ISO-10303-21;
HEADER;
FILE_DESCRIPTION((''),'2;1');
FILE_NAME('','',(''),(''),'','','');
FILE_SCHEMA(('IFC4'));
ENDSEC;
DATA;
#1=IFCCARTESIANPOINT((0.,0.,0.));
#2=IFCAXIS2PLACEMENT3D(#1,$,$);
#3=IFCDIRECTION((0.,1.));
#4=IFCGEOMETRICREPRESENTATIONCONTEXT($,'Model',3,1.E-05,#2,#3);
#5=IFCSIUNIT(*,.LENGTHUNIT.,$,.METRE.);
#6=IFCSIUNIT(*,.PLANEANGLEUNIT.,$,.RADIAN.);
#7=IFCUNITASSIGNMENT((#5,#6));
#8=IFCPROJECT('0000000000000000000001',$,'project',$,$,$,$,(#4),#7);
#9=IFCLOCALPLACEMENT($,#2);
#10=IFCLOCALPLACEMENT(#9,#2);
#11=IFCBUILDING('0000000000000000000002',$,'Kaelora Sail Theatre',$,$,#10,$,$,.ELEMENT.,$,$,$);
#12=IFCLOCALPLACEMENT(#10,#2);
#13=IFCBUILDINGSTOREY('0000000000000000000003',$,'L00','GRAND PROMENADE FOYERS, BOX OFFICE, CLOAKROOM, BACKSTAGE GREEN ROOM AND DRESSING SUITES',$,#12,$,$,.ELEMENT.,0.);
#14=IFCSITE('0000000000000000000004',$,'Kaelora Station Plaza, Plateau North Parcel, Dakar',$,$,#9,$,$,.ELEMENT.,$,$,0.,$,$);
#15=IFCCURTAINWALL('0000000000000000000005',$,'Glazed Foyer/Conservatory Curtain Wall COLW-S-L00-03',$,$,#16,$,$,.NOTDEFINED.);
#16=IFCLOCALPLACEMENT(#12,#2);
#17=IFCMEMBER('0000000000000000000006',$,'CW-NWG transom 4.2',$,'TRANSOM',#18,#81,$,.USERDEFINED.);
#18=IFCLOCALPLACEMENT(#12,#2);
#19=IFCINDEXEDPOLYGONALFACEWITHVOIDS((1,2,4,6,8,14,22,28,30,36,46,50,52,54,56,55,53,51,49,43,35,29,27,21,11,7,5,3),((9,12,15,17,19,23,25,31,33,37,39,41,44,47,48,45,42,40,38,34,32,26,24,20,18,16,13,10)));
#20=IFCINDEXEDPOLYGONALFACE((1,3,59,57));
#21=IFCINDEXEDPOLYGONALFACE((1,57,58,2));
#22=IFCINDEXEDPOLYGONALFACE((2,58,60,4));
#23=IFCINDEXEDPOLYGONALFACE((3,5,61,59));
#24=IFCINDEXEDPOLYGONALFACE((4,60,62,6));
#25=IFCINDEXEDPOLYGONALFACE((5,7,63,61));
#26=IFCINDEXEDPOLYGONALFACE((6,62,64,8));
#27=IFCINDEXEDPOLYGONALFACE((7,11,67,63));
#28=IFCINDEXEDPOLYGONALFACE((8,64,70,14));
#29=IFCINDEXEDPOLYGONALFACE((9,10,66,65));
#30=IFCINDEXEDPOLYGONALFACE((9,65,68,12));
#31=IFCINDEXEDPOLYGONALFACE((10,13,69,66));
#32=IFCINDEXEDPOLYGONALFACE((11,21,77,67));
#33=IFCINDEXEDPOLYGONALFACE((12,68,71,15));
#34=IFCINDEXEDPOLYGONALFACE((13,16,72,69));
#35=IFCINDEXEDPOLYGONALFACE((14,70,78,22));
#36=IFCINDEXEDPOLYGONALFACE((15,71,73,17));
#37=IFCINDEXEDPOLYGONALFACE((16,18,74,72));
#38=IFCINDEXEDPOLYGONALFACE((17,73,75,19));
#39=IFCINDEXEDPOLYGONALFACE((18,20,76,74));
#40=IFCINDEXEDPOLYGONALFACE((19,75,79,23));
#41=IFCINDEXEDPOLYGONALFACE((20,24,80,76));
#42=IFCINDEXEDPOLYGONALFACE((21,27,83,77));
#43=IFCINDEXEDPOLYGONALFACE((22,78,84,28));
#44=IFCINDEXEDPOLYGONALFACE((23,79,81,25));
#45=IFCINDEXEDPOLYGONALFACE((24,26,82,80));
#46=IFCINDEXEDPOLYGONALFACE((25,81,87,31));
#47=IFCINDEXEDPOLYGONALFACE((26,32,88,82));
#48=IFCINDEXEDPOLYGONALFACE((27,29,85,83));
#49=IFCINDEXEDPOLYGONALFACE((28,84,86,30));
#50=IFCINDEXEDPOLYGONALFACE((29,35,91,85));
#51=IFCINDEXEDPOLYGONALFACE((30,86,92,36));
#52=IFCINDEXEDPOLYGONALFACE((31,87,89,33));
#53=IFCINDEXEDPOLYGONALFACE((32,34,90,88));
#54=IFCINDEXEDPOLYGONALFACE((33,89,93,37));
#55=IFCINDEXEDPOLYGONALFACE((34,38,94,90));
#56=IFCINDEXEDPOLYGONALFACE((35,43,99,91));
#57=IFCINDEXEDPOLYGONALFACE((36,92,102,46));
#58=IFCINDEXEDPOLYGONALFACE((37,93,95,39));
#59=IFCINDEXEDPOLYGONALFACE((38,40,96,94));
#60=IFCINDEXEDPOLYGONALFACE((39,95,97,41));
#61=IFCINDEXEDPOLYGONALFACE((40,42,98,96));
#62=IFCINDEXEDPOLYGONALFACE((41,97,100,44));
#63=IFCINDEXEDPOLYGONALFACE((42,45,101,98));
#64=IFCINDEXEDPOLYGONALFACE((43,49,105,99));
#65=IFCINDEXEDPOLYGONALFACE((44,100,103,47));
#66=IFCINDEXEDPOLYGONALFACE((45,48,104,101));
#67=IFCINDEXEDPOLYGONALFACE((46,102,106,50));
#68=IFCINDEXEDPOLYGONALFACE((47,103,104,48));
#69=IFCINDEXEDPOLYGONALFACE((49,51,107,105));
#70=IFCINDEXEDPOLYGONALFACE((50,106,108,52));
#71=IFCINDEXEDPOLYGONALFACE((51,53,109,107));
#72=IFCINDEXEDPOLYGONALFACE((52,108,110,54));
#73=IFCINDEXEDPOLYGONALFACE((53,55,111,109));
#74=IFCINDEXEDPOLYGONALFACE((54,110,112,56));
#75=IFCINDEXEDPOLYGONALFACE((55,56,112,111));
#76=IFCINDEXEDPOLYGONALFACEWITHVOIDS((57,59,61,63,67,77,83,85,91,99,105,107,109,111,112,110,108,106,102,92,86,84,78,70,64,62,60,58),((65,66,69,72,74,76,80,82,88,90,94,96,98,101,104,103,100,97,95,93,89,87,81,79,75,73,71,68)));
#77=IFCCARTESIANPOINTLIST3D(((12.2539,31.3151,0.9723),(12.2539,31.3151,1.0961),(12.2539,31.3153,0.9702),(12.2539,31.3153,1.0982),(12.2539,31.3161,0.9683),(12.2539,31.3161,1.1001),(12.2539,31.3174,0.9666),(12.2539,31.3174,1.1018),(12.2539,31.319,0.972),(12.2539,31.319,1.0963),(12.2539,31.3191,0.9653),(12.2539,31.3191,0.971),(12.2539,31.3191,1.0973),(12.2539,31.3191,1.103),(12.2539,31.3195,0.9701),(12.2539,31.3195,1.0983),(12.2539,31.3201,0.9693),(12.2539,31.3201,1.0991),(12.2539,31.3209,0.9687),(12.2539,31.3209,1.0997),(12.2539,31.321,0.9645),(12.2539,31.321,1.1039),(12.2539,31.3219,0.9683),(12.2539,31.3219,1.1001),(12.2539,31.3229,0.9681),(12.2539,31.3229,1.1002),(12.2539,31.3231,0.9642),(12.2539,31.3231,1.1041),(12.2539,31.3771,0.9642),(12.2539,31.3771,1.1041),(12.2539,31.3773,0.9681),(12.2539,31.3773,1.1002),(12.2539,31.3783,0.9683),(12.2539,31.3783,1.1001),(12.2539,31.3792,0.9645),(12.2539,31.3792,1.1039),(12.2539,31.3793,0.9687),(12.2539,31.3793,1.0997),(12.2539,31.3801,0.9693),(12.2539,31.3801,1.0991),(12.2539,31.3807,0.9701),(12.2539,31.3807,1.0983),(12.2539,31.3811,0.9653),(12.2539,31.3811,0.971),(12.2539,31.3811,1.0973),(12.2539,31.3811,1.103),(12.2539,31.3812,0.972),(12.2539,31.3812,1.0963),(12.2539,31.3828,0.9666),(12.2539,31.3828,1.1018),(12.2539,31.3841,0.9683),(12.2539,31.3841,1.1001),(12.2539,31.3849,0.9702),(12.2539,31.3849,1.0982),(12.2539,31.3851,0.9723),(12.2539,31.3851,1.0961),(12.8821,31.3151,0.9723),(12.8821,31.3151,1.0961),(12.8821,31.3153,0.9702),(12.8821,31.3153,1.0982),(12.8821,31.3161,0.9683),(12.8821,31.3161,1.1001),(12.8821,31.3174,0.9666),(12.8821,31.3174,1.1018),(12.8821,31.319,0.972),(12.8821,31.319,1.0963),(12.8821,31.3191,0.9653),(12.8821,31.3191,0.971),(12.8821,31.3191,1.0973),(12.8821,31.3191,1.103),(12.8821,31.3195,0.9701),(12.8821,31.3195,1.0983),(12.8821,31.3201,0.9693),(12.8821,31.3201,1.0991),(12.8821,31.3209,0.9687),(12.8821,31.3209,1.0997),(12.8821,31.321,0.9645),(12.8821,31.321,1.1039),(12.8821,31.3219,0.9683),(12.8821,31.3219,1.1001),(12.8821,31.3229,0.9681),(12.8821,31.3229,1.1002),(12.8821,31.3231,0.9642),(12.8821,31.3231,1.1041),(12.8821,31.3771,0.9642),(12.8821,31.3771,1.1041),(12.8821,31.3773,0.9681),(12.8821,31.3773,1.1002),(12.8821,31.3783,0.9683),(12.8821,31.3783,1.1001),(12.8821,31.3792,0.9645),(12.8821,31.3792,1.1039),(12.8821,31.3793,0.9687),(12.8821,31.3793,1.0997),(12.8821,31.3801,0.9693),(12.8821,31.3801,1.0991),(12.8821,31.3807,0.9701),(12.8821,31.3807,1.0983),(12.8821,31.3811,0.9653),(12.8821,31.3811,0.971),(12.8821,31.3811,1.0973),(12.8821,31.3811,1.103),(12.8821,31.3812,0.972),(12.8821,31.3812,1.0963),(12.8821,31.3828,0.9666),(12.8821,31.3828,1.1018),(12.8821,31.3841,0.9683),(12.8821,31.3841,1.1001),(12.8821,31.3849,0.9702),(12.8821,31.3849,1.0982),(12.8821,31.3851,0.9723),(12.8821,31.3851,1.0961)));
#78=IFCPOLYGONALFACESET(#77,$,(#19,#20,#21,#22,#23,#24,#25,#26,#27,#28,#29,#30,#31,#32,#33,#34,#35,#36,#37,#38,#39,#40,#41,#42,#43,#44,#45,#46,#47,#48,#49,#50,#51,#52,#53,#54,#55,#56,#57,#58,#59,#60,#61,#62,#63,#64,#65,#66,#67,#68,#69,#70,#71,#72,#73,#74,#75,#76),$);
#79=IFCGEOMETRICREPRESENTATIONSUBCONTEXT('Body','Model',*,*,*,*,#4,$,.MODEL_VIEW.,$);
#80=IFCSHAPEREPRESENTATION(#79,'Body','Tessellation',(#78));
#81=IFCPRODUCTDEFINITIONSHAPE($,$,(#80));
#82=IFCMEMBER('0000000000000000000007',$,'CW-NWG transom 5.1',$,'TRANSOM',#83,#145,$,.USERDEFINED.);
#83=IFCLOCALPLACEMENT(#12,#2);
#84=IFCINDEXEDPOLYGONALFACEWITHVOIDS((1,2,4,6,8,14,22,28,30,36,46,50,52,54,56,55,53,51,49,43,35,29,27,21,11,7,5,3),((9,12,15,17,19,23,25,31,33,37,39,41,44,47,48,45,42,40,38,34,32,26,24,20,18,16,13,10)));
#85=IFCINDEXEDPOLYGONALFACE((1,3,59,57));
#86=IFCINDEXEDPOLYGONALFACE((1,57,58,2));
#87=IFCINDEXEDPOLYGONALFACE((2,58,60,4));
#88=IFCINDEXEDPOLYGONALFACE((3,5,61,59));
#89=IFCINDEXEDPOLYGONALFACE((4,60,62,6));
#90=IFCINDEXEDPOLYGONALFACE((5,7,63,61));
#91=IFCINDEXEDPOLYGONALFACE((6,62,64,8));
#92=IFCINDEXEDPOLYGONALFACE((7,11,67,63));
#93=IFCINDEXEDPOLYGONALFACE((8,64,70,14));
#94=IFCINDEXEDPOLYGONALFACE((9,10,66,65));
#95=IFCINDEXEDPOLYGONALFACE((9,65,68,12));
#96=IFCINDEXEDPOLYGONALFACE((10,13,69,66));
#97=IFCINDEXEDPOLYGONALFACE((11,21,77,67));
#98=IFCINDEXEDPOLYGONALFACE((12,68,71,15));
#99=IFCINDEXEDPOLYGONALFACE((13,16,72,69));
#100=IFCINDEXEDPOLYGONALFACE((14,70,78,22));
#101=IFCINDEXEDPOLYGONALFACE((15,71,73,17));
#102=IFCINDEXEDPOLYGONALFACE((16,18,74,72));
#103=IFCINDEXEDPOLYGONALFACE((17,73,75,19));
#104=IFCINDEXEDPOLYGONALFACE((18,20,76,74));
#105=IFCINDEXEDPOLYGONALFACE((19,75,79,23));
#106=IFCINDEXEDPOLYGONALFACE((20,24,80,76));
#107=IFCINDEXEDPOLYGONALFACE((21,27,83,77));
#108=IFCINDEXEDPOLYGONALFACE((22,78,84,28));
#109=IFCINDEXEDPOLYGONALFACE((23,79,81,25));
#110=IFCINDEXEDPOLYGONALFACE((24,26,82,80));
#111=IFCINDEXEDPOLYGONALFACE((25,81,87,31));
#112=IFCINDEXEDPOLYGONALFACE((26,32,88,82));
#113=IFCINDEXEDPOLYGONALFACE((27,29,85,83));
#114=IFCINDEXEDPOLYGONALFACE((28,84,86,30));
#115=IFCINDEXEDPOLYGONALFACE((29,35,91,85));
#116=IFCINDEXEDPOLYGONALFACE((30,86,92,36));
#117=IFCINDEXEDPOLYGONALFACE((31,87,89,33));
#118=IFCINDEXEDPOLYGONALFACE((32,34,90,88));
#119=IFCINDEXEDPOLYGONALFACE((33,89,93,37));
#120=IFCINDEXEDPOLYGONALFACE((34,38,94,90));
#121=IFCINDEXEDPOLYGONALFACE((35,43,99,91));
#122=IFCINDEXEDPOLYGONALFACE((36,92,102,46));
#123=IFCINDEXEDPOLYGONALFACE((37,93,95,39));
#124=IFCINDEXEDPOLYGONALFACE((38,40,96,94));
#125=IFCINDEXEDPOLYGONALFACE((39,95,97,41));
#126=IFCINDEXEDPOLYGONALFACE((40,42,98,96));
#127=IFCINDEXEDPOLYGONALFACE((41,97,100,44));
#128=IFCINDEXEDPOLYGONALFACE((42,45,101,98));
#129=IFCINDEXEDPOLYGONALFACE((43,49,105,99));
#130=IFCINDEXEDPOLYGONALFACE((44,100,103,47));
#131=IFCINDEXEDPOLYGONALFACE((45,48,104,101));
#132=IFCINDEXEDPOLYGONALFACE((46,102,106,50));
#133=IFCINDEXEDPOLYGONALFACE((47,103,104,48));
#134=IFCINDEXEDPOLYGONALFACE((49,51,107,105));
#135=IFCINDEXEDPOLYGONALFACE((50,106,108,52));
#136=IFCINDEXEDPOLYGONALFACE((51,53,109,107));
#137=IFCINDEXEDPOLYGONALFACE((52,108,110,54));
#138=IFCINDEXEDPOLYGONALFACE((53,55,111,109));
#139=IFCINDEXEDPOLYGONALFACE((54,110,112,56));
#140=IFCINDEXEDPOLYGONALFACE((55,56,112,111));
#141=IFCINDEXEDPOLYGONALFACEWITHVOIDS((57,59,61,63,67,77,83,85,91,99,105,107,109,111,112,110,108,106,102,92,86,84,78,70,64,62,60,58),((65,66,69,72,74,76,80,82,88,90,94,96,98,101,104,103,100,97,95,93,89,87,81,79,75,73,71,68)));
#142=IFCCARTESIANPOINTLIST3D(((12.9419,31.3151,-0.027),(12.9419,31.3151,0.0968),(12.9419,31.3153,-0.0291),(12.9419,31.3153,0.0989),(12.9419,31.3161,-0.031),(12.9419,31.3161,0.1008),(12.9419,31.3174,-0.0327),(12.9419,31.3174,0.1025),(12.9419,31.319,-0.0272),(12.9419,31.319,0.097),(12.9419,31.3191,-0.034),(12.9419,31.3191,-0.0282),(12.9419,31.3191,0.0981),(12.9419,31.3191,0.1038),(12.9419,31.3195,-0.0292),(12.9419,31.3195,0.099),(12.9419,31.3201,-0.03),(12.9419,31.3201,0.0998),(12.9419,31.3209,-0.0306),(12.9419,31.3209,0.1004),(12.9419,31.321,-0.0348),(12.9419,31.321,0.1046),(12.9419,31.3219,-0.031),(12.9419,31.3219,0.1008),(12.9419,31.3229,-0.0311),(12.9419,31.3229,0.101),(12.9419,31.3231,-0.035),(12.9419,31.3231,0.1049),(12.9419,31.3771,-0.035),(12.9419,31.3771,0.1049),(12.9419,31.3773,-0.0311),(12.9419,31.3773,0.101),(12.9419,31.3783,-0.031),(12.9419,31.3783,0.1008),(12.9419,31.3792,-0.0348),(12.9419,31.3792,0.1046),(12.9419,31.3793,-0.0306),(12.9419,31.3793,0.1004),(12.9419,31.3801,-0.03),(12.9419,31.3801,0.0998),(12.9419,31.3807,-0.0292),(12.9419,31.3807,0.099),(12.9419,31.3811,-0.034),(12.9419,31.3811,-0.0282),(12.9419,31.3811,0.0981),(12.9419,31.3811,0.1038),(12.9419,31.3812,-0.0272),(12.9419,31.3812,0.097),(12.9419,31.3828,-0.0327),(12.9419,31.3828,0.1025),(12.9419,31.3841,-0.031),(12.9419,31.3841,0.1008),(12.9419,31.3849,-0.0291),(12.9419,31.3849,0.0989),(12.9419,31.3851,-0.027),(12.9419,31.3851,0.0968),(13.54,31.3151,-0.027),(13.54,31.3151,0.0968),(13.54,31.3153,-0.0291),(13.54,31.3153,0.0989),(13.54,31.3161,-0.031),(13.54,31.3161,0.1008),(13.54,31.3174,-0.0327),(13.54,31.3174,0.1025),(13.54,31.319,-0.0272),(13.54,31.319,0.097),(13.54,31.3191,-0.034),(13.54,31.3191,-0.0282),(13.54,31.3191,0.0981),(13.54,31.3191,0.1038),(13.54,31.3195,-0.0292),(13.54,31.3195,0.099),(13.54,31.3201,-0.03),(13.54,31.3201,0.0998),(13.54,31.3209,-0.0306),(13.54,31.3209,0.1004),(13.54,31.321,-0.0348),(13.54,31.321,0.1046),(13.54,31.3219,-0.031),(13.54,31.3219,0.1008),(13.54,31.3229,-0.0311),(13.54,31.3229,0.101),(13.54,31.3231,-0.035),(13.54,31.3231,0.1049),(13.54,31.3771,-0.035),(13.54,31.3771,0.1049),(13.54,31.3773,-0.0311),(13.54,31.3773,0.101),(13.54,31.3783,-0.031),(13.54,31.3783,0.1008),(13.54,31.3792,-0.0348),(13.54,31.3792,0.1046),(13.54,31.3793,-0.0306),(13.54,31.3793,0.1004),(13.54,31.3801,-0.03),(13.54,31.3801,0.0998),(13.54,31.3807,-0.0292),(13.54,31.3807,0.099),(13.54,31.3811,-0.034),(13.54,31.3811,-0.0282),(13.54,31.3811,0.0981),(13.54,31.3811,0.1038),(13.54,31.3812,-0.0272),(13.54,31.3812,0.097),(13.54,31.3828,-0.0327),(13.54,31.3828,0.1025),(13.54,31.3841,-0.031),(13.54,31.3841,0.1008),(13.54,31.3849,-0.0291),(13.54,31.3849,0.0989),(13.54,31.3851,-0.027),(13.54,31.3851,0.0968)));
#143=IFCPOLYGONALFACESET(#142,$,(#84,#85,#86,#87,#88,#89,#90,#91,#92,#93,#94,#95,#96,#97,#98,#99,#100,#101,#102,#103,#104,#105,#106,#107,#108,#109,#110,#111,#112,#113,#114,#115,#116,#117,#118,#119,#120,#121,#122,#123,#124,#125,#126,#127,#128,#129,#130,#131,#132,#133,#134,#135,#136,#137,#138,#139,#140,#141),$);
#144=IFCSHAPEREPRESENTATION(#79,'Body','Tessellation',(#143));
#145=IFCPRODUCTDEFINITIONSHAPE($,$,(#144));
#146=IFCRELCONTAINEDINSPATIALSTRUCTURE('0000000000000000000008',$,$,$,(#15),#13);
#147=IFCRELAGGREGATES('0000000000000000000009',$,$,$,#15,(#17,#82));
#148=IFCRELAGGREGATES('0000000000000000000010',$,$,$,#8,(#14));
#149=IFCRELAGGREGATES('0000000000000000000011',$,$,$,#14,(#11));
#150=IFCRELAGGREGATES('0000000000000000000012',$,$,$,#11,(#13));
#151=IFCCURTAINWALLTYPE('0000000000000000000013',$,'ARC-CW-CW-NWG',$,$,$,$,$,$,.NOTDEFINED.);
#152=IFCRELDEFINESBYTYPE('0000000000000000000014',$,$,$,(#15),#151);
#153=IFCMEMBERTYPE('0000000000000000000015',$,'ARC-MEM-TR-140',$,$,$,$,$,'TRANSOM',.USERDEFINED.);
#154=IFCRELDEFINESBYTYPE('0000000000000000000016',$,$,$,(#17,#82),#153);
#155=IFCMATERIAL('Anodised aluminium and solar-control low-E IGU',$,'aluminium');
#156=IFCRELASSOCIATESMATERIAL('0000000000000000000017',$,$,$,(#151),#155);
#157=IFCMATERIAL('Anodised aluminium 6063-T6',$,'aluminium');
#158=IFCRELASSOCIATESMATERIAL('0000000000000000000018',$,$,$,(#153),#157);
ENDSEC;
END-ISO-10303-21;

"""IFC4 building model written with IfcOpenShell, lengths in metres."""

from ifc_helpers import new_model, si_unit, direction, frame, origin, origin_2d, place, context, subcontext, project, spatial, hollow_rectangle, extrude, material, material_profile, profile_set, type_object, element, aggregate, save


model = new_model("IFC4")

# Units and contexts
model_context = context("Model", 3, precision=1e-05, world=origin(), true_north=direction((0.0, 1.0)))
body_context = subcontext(model_context, "Body", "Model", "MODEL_VIEW")
ifc_project = project(units=[si_unit("LENGTHUNIT", "METRE"), si_unit("PLANEANGLEUNIT", "RADIAN")], contexts=[model_context])

# Site, building, storey
site_placement = place(None, origin())
site = spatial("IfcSite", under=ifc_project, at=site_placement, Name="Kaelora Station Plaza, Plateau North Parcel, Dakar", CompositionType="ELEMENT", RefElevation=0.0)
building_placement = place(site_placement, origin())
building = spatial("IfcBuilding", under=site, at=building_placement, Name="Kaelora Sail Theatre", CompositionType="ELEMENT")
storey_placement = place(building_placement, origin())
storey = spatial("IfcBuildingStorey", under=building, at=storey_placement, Name="L00", Description="GRAND PROMENADE FOYERS, BOX OFFICE, CLOAKROOM, BACKSTAGE GREEN ROOM AND DRESSING SUITES", CompositionType="ELEMENT", Elevation=0.0)

# Curtain wall
ifc_material_1 = material(Name="Anodised aluminium and solar-control low-E IGU", Category="aluminium")
curtain_wall_type = type_object("IfcCurtainWallType", Name="ARC-CW-CW-NWG", PredefinedType="NOTDEFINED", material=ifc_material_1)
curtain_wall_1_placement = place(storey_placement, origin())
curtain_wall_1 = element("IfcCurtainWall", 1, at=curtain_wall_1_placement, inside=storey, type_object=curtain_wall_type, Name="Glazed Foyer/Conservatory Curtain Wall COLW-S-L00-03", PredefinedType="NOTDEFINED")

# Members
ifc_material_2 = material(Name="Anodised aluminium 6063-T6", Category="aluminium")
ifc_material_profile_1 = material_profile(ifc_material_2, hollow_rectangle(XDim=0.0701, YDim=0.1399, WallThickness=0.0039, InnerFilletRadius=0.0039, OuterFilletRadius=0.0081, at=origin_2d()), Name="ALU-TRAN 70x140x4")
ifc_profile_set_1 = profile_set([ifc_material_profile_1], Name="Anodised aluminium 6063-T6")
member_type_1 = type_object("IfcMemberType", Name="ARC-MEM-TR-140", ElementType="TRANSOM", PredefinedType="USERDEFINED", material=ifc_profile_set_1)
member_1_placement = place(storey_placement, frame((12.2539, 31.3501, 1.0342), z_axis=(1.0, 0.0, 0.0), x_axis=(0.0, 1.0, 0.0)))
member_1 = element("IfcMember", 2, at=member_1_placement, type_object=member_type_1, Name="CW-NWG transom 4.2", ObjectType="TRANSOM", PredefinedType="USERDEFINED", context=body_context, shape_type="SweptSolid", body=[
    extrude(hollow_rectangle(XDim=0.0701, YDim=0.1399, WallThickness=0.0039, InnerFilletRadius=0.0039, OuterFilletRadius=0.0081, at=origin_2d()), origin(), (0.0, 0.0, 1.0), 0.6282),
])
member_2_placement = place(storey_placement, frame((12.9419, 31.3501, 0.0349), z_axis=(1.0, 0.0, 0.0), x_axis=(0.0, 1.0, 0.0)))
member_2 = element("IfcMember", 3, at=member_2_placement, type_object=member_type_1, Name="CW-NWG transom 5.1", ObjectType="TRANSOM", PredefinedType="USERDEFINED", context=body_context, shape_type="SweptSolid", body=[
    extrude(hollow_rectangle(XDim=0.0701, YDim=0.1399, WallThickness=0.0039, InnerFilletRadius=0.0039, OuterFilletRadius=0.0081, at=origin_2d()), origin(), (0.0, 0.0, 1.0), 0.5981),
])

aggregate(curtain_wall_1, [member_1, member_2])

save(model, "model.ifc")
